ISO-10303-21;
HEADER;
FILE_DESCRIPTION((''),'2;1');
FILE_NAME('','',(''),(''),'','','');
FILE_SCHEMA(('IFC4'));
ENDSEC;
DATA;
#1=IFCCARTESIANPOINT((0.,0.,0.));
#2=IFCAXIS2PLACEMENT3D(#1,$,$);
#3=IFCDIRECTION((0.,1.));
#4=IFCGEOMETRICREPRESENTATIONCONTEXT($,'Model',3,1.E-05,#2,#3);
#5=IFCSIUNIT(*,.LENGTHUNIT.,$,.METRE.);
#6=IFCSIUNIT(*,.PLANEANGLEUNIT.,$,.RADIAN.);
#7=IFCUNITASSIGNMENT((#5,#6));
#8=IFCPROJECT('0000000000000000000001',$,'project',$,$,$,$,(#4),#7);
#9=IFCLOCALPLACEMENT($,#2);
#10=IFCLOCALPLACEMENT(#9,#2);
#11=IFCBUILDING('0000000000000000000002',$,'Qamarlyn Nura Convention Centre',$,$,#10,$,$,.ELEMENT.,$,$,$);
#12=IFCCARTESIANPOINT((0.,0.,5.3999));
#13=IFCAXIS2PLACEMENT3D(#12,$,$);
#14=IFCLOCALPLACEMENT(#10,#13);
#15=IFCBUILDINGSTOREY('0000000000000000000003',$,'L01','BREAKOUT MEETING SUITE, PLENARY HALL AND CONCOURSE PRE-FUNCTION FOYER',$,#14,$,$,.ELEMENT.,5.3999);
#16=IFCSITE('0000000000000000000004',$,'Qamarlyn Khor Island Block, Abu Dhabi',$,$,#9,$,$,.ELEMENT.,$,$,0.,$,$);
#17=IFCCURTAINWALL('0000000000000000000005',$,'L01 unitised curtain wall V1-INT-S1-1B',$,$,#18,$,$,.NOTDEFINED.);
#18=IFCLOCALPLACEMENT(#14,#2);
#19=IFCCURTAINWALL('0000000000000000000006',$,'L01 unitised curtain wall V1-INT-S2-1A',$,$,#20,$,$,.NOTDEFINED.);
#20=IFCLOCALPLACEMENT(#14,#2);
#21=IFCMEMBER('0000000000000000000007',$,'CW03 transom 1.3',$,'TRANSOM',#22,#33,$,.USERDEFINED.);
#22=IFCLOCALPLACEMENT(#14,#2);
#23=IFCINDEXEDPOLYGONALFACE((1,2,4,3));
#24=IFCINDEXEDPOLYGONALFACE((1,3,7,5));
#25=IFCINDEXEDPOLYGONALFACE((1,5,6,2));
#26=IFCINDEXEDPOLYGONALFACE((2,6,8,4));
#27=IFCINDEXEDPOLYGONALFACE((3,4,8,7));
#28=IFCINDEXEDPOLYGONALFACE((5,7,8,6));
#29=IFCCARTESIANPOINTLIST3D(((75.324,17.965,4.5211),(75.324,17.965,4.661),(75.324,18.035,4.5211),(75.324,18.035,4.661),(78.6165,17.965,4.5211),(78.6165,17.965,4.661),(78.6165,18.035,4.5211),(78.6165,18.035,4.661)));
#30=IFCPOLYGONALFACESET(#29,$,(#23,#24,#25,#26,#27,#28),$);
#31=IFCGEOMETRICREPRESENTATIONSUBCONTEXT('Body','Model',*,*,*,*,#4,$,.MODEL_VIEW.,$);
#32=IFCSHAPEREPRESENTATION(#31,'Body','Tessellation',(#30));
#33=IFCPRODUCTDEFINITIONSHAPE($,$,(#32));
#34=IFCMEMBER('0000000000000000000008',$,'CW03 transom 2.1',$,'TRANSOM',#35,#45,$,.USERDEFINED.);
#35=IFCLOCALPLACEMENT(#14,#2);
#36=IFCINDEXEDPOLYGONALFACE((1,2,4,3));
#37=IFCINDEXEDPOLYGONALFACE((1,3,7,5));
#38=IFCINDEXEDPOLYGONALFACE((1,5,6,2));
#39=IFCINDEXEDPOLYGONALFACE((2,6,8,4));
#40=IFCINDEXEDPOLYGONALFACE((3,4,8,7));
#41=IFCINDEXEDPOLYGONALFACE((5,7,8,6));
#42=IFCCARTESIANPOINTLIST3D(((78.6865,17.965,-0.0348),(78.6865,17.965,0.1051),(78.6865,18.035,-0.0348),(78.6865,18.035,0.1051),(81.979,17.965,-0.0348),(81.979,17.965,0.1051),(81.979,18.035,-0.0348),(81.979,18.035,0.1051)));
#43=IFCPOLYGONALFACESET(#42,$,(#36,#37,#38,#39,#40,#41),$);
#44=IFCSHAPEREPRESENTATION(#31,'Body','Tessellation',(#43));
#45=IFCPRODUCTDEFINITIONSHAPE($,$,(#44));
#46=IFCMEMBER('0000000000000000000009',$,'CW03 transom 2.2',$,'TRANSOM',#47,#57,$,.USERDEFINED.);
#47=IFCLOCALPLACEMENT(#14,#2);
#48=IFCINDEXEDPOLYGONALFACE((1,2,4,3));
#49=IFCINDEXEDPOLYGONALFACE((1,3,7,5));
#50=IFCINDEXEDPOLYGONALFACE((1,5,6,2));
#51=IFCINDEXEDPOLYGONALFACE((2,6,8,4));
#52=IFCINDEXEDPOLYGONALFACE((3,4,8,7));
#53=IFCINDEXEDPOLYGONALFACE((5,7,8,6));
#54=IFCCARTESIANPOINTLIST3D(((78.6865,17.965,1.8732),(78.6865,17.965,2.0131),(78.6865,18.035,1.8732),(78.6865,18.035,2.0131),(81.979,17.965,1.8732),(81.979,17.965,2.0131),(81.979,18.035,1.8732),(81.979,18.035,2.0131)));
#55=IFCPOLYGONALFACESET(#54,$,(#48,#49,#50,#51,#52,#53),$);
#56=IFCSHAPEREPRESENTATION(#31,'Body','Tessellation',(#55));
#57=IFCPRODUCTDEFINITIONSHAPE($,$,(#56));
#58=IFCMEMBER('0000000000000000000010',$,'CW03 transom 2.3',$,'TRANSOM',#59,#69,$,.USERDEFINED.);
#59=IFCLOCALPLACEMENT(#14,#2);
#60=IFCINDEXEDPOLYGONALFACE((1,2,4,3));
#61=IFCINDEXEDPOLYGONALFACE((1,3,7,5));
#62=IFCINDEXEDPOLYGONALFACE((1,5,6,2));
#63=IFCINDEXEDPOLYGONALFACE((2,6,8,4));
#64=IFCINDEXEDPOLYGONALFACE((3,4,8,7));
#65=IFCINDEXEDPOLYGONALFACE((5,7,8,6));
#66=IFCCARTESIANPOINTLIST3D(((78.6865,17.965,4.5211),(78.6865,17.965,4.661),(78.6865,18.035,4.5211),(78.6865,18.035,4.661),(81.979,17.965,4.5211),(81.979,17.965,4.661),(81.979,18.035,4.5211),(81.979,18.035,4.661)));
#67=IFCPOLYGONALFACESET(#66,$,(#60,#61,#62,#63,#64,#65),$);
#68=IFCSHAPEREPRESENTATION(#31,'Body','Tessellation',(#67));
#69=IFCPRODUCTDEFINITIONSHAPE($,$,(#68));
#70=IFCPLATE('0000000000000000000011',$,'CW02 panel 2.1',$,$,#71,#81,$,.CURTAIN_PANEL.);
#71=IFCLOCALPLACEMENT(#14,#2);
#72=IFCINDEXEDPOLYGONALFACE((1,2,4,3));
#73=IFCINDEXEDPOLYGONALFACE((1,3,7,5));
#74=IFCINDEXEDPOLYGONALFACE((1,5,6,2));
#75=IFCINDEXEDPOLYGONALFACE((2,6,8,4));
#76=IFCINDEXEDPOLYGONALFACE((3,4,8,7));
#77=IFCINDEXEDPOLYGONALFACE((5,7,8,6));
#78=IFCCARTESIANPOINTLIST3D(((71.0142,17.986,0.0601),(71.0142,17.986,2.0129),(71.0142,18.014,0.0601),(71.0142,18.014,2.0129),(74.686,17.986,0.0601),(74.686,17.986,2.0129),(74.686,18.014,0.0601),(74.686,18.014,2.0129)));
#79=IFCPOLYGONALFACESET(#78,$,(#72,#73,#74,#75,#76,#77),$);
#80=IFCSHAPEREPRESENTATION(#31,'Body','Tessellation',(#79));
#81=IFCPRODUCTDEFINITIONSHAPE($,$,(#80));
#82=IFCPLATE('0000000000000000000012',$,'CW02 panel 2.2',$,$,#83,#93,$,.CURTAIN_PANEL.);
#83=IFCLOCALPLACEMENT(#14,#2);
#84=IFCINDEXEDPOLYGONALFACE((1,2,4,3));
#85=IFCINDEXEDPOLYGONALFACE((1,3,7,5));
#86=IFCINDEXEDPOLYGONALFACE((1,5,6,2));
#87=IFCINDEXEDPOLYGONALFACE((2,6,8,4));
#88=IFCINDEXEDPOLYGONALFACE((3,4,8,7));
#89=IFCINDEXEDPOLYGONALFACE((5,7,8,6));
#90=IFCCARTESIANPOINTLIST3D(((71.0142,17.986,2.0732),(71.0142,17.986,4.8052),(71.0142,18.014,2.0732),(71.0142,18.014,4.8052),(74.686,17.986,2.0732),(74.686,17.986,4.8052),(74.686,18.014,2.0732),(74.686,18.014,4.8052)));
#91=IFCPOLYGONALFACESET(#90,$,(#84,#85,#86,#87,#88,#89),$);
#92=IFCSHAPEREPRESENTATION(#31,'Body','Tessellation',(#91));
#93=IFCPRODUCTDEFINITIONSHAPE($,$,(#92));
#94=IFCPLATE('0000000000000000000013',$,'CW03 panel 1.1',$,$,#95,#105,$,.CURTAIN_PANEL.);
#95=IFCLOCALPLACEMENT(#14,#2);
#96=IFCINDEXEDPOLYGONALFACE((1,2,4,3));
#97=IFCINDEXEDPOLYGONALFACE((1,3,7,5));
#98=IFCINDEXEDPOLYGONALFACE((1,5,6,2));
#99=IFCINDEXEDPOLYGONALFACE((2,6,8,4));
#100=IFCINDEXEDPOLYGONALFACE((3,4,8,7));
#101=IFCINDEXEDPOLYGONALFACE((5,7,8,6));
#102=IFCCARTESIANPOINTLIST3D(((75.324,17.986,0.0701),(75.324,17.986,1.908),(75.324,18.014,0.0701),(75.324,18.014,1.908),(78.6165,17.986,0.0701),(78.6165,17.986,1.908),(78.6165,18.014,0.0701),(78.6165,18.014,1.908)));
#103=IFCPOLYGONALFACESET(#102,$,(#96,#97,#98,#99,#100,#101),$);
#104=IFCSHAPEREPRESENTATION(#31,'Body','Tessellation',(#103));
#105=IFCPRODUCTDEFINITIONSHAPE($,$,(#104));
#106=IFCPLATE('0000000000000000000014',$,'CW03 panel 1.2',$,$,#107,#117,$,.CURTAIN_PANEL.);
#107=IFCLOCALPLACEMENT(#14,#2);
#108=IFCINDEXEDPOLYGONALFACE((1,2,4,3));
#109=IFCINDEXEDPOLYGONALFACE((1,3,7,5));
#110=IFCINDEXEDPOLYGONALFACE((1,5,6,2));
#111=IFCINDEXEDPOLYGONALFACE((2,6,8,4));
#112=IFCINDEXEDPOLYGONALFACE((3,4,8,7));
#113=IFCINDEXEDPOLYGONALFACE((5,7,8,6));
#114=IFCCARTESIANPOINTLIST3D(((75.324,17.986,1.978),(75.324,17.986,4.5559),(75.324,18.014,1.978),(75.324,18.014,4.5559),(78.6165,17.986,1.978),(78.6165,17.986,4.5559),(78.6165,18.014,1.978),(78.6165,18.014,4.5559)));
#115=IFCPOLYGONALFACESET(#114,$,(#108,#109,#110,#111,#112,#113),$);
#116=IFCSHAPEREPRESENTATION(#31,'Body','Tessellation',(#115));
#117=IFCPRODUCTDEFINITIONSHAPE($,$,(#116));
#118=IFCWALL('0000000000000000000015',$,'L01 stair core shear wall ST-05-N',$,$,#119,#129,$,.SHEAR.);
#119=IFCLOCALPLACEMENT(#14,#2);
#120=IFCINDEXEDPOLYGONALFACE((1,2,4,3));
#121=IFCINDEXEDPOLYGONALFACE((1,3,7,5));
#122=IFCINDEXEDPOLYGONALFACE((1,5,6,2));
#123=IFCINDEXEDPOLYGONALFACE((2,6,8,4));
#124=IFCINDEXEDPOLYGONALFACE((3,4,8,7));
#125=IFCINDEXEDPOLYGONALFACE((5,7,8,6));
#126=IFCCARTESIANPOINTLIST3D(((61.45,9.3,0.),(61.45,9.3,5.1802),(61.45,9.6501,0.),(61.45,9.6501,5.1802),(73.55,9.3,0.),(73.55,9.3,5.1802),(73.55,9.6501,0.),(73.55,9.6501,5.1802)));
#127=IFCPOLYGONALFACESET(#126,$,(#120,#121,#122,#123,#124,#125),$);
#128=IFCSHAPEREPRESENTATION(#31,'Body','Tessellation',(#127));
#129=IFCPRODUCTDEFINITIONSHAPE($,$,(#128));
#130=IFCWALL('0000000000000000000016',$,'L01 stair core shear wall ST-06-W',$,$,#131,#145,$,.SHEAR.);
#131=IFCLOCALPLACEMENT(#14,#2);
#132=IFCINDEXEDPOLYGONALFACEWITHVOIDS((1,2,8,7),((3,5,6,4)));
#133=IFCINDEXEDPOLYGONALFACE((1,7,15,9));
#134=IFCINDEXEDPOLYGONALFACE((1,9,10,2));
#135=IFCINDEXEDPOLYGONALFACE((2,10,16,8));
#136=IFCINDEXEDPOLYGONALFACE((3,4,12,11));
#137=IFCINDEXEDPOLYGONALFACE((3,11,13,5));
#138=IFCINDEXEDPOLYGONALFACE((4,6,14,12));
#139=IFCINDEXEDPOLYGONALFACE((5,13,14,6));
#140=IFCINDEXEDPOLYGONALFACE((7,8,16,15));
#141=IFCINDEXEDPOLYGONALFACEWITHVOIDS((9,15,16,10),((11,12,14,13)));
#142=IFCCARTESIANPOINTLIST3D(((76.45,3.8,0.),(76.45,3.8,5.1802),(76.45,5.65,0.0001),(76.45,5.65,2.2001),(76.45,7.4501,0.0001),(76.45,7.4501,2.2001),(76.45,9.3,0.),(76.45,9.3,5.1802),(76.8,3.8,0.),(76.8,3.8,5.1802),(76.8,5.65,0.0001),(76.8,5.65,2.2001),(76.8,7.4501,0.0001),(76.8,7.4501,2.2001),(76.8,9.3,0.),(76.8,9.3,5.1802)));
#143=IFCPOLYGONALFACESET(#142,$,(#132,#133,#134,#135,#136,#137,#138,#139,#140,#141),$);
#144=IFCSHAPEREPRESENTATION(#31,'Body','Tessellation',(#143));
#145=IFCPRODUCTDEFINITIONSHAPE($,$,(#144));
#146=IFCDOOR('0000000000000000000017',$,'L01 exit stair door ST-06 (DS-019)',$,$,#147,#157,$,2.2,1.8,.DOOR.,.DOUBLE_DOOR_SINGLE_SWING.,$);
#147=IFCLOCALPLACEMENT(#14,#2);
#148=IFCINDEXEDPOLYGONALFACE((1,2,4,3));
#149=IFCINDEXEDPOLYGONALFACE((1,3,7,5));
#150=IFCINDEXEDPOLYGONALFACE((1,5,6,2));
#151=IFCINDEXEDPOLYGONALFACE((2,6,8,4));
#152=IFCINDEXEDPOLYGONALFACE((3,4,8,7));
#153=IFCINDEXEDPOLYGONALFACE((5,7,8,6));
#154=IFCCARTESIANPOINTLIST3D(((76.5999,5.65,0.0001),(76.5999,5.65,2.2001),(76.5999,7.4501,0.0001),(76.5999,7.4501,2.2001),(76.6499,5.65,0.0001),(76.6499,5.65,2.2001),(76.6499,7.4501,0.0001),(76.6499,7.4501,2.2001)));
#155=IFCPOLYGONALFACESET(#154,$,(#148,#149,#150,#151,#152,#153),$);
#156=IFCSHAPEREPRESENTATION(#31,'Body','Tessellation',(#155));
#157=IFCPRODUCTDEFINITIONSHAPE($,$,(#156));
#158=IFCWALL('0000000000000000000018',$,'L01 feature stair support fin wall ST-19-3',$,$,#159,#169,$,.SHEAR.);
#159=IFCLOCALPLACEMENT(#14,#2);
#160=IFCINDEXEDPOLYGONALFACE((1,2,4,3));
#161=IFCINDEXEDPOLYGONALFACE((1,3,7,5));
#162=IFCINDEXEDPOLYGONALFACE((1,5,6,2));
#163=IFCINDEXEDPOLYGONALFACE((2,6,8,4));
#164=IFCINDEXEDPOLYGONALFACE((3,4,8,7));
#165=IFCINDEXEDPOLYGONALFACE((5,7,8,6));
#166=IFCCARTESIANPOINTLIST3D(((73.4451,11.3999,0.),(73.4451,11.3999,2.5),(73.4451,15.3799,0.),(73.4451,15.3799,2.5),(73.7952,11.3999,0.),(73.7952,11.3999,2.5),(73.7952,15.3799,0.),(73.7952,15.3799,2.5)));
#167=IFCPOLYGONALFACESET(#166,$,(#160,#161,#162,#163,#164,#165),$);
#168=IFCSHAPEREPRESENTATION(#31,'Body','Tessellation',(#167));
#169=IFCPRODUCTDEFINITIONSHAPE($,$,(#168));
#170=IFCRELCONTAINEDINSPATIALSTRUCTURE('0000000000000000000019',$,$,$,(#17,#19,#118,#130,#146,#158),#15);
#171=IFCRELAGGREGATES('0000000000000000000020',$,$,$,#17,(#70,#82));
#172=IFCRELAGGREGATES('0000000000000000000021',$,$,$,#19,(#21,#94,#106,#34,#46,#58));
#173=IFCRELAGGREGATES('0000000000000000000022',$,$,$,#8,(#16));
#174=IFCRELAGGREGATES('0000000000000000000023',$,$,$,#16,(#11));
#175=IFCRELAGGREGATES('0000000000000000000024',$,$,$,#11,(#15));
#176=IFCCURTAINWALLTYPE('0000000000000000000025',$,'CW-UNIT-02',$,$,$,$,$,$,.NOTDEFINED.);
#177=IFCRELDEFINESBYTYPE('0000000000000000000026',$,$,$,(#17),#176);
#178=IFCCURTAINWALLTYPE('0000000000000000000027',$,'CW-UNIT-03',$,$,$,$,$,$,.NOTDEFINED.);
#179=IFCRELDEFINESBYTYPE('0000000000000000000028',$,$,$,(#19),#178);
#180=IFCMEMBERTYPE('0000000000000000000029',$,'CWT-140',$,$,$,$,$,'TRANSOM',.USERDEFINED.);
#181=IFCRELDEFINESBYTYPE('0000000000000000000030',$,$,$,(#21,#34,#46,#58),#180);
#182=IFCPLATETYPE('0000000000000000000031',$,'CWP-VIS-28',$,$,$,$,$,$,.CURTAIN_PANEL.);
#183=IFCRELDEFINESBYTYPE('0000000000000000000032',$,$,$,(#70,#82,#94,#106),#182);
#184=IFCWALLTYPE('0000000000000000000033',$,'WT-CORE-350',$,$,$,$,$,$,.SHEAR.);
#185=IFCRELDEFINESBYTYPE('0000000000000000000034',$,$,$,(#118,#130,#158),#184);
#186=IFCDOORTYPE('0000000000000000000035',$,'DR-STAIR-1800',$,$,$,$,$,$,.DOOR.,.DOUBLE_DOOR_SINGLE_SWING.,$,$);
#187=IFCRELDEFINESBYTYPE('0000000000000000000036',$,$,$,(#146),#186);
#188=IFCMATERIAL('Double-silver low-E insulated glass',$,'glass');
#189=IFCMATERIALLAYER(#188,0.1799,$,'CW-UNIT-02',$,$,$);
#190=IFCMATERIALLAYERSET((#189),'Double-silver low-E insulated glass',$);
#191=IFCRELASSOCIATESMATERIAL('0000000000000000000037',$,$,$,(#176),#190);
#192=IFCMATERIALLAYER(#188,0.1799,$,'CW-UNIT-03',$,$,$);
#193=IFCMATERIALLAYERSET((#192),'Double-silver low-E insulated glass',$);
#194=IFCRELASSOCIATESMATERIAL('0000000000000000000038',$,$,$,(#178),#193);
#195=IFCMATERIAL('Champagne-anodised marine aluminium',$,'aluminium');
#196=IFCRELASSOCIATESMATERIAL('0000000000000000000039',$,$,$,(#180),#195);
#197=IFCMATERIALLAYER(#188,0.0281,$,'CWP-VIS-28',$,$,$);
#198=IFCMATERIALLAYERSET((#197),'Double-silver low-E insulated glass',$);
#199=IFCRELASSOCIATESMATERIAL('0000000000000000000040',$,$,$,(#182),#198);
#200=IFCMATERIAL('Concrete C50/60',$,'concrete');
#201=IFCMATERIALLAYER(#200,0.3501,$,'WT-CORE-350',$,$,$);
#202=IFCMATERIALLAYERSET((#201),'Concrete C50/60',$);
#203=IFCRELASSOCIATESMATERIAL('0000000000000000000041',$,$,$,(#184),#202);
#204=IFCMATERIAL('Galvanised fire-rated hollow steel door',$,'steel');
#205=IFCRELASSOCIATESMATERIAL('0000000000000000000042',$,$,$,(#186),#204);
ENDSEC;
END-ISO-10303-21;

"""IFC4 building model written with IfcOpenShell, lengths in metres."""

from ifc_helpers import new_model, si_unit, direction, frame, frame_2d, origin, origin_2d, place, context, subcontext, project, spatial, rectangle, extrude, material, layer, layer_set, material_profile, profile_set, type_object, element, fill, aggregate, save


model = new_model("IFC4")

# Units and contexts
model_context = context("Model", 3, precision=1e-05, world=origin(), true_north=direction((0.0, 1.0)))
body_context = subcontext(model_context, "Body", "Model", "MODEL_VIEW")
ifc_project = project(units=[si_unit("LENGTHUNIT", "METRE"), si_unit("PLANEANGLEUNIT", "RADIAN")], contexts=[model_context])

# Site, building, storey
site_placement = place(None, origin())
site = spatial("IfcSite", under=ifc_project, at=site_placement, Name="Qamarlyn Khor Island Block, Abu Dhabi", CompositionType="ELEMENT", RefElevation=0.0)
building_placement = place(site_placement, origin())
building = spatial("IfcBuilding", under=site, at=building_placement, Name="Qamarlyn Nura Convention Centre", CompositionType="ELEMENT")
storey_placement = place(building_placement, frame((0.0, 0.0, 5.3999)))
storey = spatial("IfcBuildingStorey", under=building, at=storey_placement, Name="L01", Description="BREAKOUT MEETING SUITE, PLENARY HALL AND CONCOURSE PRE-FUNCTION FOYER", CompositionType="ELEMENT", Elevation=5.3999)

# Curtain wall
ifc_material_1 = material(Name="Double-silver low-E insulated glass", Category="glass")
ifc_layer_1 = layer(ifc_material_1, 0.1799, Name="CW-UNIT-02")
ifc_layer_set_1 = layer_set([ifc_layer_1], Name="Double-silver low-E insulated glass")
curtain_wall_type_1 = type_object("IfcCurtainWallType", Name="CW-UNIT-02", PredefinedType="NOTDEFINED", material=ifc_layer_set_1)
curtain_wall_1_placement = place(storey_placement, origin())
curtain_wall_1 = element("IfcCurtainWall", 1, at=curtain_wall_1_placement, inside=storey, type_object=curtain_wall_type_1, Name="L01 unitised curtain wall V1-INT-S1-1B", PredefinedType="NOTDEFINED")
ifc_material_2 = material(Name="Champagne-anodised marine aluminium", Category="aluminium")

# Curtain wall, members
ifc_layer_2 = layer(ifc_material_1, 0.1799, Name="CW-UNIT-03")
ifc_layer_set_2 = layer_set([ifc_layer_2], Name="Double-silver low-E insulated glass")
curtain_wall_type_2 = type_object("IfcCurtainWallType", Name="CW-UNIT-03", PredefinedType="NOTDEFINED", material=ifc_layer_set_2)
curtain_wall_2_placement = place(storey_placement, origin())
curtain_wall_2 = element("IfcCurtainWall", 2, at=curtain_wall_2_placement, inside=storey, type_object=curtain_wall_type_2, Name="L01 unitised curtain wall V1-INT-S2-1A", PredefinedType="NOTDEFINED")
ifc_material_profile_1 = material_profile(ifc_material_2, rectangle(XDim=0.0701, YDim=0.1399, at=origin_2d()), Name="ALU TRANSOM 70x140")
ifc_profile_set_1 = profile_set([ifc_material_profile_1], Name="Champagne-anodised marine aluminium")
member_type_1 = type_object("IfcMemberType", Name="CWT-140", ElementType="TRANSOM", PredefinedType="USERDEFINED", material=ifc_profile_set_1)
member_1_placement = place(storey_placement, frame((75.324, 18.0, 4.5911), z_axis=(1.0, 0.0, 0.0), x_axis=(0.0, 1.0, 0.0)))
member_1 = element("IfcMember", 3, at=member_1_placement, type_object=member_type_1, Name="CW03 transom 1.3", ObjectType="TRANSOM", PredefinedType="USERDEFINED", context=body_context, shape_type="SweptSolid", body=[
    extrude(rectangle(XDim=0.0701, YDim=0.1399, at=origin_2d()), origin(), (0.0, 0.0, 1.0), 3.2925),
])
member_2_placement = place(storey_placement, frame((78.6865, 18.0, 0.0352), z_axis=(1.0, 0.0, 0.0), x_axis=(0.0, 1.0, 0.0)))
member_2 = element("IfcMember", 4, at=member_2_placement, type_object=member_type_1, Name="CW03 transom 2.1", ObjectType="TRANSOM", PredefinedType="USERDEFINED", context=body_context, shape_type="SweptSolid", body=[
    extrude(rectangle(XDim=0.0701, YDim=0.1399, at=origin_2d()), origin(), (0.0, 0.0, 1.0), 3.2925),
])
member_3_placement = place(storey_placement, frame((78.6865, 18.0, 1.9431), z_axis=(1.0, 0.0, 0.0), x_axis=(0.0, 1.0, 0.0)))
member_3 = element("IfcMember", 5, at=member_3_placement, type_object=member_type_1, Name="CW03 transom 2.2", ObjectType="TRANSOM", PredefinedType="USERDEFINED", context=body_context, shape_type="SweptSolid", body=[
    extrude(rectangle(XDim=0.0701, YDim=0.1399, at=origin_2d()), origin(), (0.0, 0.0, 1.0), 3.2925),
])
member_4_placement = place(storey_placement, frame((78.6865, 18.0, 4.5911), z_axis=(1.0, 0.0, 0.0), x_axis=(0.0, 1.0, 0.0)))
member_4 = element("IfcMember", 6, at=member_4_placement, type_object=member_type_1, Name="CW03 transom 2.3", ObjectType="TRANSOM", PredefinedType="USERDEFINED", context=body_context, shape_type="SweptSolid", body=[
    extrude(rectangle(XDim=0.0701, YDim=0.1399, at=origin_2d()), origin(), (0.0, 0.0, 1.0), 3.2925),
])

# Plates
ifc_layer_3 = layer(ifc_material_1, 0.0281, Name="CWP-VIS-28")
ifc_layer_set_3 = layer_set([ifc_layer_3], Name="Double-silver low-E insulated glass")
plate_type = type_object("IfcPlateType", Name="CWP-VIS-28", PredefinedType="CURTAIN_PANEL", material=ifc_layer_set_3)
plate_1_placement = place(storey_placement, frame((72.8501, 18.0, 0.0601), z_axis=(0.0, 0.0, 1.0), x_axis=(1.0, 0.0, 0.0)))
plate_1 = element("IfcPlate", 7, at=plate_1_placement, type_object=plate_type, Name="CW02 panel 2.1", PredefinedType="CURTAIN_PANEL", context=body_context, shape_type="SweptSolid", body=[
    extrude(rectangle(XDim=3.6719, YDim=0.0281, at=origin_2d()), origin(), (0.0, 0.0, 1.0), 1.9529),
])
plate_2_placement = place(storey_placement, frame((72.8501, 18.0, 2.0732), z_axis=(0.0, 0.0, 1.0), x_axis=(1.0, 0.0, 0.0)))
plate_2 = element("IfcPlate", 8, at=plate_2_placement, type_object=plate_type, Name="CW02 panel 2.2", PredefinedType="CURTAIN_PANEL", context=body_context, shape_type="SweptSolid", body=[
    extrude(rectangle(XDim=3.6719, YDim=0.0281, at=origin_2d()), origin(), (0.0, 0.0, 1.0), 2.7319),
])
aggregate(curtain_wall_1, [plate_1, plate_2])
plate_3_placement = place(storey_placement, frame((76.9702, 18.0, 0.0701), z_axis=(0.0, 0.0, 1.0), x_axis=(1.0, 0.0, 0.0)))
plate_3 = element("IfcPlate", 9, at=plate_3_placement, type_object=plate_type, Name="CW03 panel 1.1", PredefinedType="CURTAIN_PANEL", context=body_context, shape_type="SweptSolid", body=[
    extrude(rectangle(XDim=3.2925, YDim=0.0281, at=origin_2d()), origin(), (0.0, 0.0, 1.0), 1.8379),
])
plate_4_placement = place(storey_placement, frame((76.9702, 18.0, 1.978), z_axis=(0.0, 0.0, 1.0), x_axis=(1.0, 0.0, 0.0)))
plate_4 = element("IfcPlate", 10, at=plate_4_placement, type_object=plate_type, Name="CW03 panel 1.2", PredefinedType="CURTAIN_PANEL", context=body_context, shape_type="SweptSolid", body=[
    extrude(rectangle(XDim=3.2925, YDim=0.0281, at=origin_2d()), origin(), (0.0, 0.0, 1.0), 2.5779),
])
aggregate(curtain_wall_2, [member_1, plate_3, plate_4, member_2, member_3, member_4])

# Wall
ifc_material_3 = material(Name="Concrete C50/60", Category="concrete")
ifc_layer_4 = layer(ifc_material_3, 0.3501, Name="WT-CORE-350")
ifc_layer_set_4 = layer_set([ifc_layer_4], Name="Concrete C50/60")
wall_type = type_object("IfcWallType", Name="WT-CORE-350", PredefinedType="SHEAR", material=ifc_layer_set_4)
wall_1_placement = place(storey_placement, frame((73.55, 9.4751, 0.0), z_axis=(0.0, 0.0, 1.0), x_axis=(-1.0, 0.0, 0.0)))
element("IfcWall", 11, at=wall_1_placement, inside=storey, type_object=wall_type, Name="L01 stair core shear wall ST-05-N", PredefinedType="SHEAR", context=body_context, shape_type="SweptSolid", body=[
    extrude(rectangle(XDim=12.1001, YDim=0.3501, at=frame_2d((6.05, 0.0))), origin(), (0.0, 0.0, 1.0), 5.1802),
])

# Wall, opening, door
wall_2_placement = place(storey_placement, frame((76.625, 9.3, 0.0), z_axis=(0.0, 0.0, 1.0), x_axis=(0.0, -1.0, 0.0)))
wall_2 = element("IfcWall", 12, at=wall_2_placement, inside=storey, type_object=wall_type, Name="L01 stair core shear wall ST-06-W", PredefinedType="SHEAR", context=body_context, shape_type="SweptSolid", body=[
    extrude(rectangle(XDim=5.5, YDim=0.3501, at=frame_2d((2.75, 0.0))), origin(), (0.0, 0.0, 1.0), 5.1802),
])
opening_placement = place(wall_2_placement, frame((1.8501, 0.0, 0.0)))
opening = element("IfcOpeningElement", 13, at=opening_placement, cuts=wall_2, PredefinedType="OPENING", context=body_context, shape_type="SweptSolid", body=[
    extrude(rectangle(XDim=1.8, YDim=2.2, at=frame_2d((0.8999, 1.1001))), frame((0.0, 0.1851, 0.0), z_axis=(0.0, -1.0, 0.0), x_axis=(1.0, 0.0, 0.0)), (0.0, 0.0, 1.0), 0.3701),
])
ifc_material_4 = material(Name="Galvanised fire-rated hollow steel door", Category="steel")
door_type = type_object("IfcDoorType", Name="DR-STAIR-1800", OperationType="DOUBLE_DOOR_SINGLE_SWING", PredefinedType="DOOR", material=ifc_material_4)
door_placement = place(opening_placement, origin())
door = element("IfcDoor", 14, at=door_placement, inside=storey, type_object=door_type, Name="L01 exit stair door ST-06 (DS-019)", OperationType="DOUBLE_DOOR_SINGLE_SWING", OverallHeight=2.2, OverallWidth=1.8, PredefinedType="DOOR", context=body_context, shape_type="SweptSolid", body=[
    extrude(rectangle(XDim=1.8, YDim=2.2, at=frame_2d((0.8999, 1.1001))), frame((0.0, 0.0249, 0.0), z_axis=(0.0, -1.0, 0.0), x_axis=(1.0, 0.0, 0.0)), (0.0, 0.0, 1.0), 0.05),
])
fill(opening, door)

# Wall
wall_3_placement = place(storey_placement, frame((73.6201, 11.3999, 0.0), z_axis=(0.0, 0.0, 1.0), x_axis=(0.0, 1.0, 0.0)))
element("IfcWall", 15, at=wall_3_placement, inside=storey, type_object=wall_type, Name="L01 feature stair support fin wall ST-19-3", PredefinedType="SHEAR", context=body_context, shape_type="SweptSolid", body=[
    extrude(rectangle(XDim=3.98, YDim=0.3501, at=frame_2d((1.99, 0.0))), origin(), (0.0, 0.0, 1.0), 2.5),
])

save(model, "model.ifc")
